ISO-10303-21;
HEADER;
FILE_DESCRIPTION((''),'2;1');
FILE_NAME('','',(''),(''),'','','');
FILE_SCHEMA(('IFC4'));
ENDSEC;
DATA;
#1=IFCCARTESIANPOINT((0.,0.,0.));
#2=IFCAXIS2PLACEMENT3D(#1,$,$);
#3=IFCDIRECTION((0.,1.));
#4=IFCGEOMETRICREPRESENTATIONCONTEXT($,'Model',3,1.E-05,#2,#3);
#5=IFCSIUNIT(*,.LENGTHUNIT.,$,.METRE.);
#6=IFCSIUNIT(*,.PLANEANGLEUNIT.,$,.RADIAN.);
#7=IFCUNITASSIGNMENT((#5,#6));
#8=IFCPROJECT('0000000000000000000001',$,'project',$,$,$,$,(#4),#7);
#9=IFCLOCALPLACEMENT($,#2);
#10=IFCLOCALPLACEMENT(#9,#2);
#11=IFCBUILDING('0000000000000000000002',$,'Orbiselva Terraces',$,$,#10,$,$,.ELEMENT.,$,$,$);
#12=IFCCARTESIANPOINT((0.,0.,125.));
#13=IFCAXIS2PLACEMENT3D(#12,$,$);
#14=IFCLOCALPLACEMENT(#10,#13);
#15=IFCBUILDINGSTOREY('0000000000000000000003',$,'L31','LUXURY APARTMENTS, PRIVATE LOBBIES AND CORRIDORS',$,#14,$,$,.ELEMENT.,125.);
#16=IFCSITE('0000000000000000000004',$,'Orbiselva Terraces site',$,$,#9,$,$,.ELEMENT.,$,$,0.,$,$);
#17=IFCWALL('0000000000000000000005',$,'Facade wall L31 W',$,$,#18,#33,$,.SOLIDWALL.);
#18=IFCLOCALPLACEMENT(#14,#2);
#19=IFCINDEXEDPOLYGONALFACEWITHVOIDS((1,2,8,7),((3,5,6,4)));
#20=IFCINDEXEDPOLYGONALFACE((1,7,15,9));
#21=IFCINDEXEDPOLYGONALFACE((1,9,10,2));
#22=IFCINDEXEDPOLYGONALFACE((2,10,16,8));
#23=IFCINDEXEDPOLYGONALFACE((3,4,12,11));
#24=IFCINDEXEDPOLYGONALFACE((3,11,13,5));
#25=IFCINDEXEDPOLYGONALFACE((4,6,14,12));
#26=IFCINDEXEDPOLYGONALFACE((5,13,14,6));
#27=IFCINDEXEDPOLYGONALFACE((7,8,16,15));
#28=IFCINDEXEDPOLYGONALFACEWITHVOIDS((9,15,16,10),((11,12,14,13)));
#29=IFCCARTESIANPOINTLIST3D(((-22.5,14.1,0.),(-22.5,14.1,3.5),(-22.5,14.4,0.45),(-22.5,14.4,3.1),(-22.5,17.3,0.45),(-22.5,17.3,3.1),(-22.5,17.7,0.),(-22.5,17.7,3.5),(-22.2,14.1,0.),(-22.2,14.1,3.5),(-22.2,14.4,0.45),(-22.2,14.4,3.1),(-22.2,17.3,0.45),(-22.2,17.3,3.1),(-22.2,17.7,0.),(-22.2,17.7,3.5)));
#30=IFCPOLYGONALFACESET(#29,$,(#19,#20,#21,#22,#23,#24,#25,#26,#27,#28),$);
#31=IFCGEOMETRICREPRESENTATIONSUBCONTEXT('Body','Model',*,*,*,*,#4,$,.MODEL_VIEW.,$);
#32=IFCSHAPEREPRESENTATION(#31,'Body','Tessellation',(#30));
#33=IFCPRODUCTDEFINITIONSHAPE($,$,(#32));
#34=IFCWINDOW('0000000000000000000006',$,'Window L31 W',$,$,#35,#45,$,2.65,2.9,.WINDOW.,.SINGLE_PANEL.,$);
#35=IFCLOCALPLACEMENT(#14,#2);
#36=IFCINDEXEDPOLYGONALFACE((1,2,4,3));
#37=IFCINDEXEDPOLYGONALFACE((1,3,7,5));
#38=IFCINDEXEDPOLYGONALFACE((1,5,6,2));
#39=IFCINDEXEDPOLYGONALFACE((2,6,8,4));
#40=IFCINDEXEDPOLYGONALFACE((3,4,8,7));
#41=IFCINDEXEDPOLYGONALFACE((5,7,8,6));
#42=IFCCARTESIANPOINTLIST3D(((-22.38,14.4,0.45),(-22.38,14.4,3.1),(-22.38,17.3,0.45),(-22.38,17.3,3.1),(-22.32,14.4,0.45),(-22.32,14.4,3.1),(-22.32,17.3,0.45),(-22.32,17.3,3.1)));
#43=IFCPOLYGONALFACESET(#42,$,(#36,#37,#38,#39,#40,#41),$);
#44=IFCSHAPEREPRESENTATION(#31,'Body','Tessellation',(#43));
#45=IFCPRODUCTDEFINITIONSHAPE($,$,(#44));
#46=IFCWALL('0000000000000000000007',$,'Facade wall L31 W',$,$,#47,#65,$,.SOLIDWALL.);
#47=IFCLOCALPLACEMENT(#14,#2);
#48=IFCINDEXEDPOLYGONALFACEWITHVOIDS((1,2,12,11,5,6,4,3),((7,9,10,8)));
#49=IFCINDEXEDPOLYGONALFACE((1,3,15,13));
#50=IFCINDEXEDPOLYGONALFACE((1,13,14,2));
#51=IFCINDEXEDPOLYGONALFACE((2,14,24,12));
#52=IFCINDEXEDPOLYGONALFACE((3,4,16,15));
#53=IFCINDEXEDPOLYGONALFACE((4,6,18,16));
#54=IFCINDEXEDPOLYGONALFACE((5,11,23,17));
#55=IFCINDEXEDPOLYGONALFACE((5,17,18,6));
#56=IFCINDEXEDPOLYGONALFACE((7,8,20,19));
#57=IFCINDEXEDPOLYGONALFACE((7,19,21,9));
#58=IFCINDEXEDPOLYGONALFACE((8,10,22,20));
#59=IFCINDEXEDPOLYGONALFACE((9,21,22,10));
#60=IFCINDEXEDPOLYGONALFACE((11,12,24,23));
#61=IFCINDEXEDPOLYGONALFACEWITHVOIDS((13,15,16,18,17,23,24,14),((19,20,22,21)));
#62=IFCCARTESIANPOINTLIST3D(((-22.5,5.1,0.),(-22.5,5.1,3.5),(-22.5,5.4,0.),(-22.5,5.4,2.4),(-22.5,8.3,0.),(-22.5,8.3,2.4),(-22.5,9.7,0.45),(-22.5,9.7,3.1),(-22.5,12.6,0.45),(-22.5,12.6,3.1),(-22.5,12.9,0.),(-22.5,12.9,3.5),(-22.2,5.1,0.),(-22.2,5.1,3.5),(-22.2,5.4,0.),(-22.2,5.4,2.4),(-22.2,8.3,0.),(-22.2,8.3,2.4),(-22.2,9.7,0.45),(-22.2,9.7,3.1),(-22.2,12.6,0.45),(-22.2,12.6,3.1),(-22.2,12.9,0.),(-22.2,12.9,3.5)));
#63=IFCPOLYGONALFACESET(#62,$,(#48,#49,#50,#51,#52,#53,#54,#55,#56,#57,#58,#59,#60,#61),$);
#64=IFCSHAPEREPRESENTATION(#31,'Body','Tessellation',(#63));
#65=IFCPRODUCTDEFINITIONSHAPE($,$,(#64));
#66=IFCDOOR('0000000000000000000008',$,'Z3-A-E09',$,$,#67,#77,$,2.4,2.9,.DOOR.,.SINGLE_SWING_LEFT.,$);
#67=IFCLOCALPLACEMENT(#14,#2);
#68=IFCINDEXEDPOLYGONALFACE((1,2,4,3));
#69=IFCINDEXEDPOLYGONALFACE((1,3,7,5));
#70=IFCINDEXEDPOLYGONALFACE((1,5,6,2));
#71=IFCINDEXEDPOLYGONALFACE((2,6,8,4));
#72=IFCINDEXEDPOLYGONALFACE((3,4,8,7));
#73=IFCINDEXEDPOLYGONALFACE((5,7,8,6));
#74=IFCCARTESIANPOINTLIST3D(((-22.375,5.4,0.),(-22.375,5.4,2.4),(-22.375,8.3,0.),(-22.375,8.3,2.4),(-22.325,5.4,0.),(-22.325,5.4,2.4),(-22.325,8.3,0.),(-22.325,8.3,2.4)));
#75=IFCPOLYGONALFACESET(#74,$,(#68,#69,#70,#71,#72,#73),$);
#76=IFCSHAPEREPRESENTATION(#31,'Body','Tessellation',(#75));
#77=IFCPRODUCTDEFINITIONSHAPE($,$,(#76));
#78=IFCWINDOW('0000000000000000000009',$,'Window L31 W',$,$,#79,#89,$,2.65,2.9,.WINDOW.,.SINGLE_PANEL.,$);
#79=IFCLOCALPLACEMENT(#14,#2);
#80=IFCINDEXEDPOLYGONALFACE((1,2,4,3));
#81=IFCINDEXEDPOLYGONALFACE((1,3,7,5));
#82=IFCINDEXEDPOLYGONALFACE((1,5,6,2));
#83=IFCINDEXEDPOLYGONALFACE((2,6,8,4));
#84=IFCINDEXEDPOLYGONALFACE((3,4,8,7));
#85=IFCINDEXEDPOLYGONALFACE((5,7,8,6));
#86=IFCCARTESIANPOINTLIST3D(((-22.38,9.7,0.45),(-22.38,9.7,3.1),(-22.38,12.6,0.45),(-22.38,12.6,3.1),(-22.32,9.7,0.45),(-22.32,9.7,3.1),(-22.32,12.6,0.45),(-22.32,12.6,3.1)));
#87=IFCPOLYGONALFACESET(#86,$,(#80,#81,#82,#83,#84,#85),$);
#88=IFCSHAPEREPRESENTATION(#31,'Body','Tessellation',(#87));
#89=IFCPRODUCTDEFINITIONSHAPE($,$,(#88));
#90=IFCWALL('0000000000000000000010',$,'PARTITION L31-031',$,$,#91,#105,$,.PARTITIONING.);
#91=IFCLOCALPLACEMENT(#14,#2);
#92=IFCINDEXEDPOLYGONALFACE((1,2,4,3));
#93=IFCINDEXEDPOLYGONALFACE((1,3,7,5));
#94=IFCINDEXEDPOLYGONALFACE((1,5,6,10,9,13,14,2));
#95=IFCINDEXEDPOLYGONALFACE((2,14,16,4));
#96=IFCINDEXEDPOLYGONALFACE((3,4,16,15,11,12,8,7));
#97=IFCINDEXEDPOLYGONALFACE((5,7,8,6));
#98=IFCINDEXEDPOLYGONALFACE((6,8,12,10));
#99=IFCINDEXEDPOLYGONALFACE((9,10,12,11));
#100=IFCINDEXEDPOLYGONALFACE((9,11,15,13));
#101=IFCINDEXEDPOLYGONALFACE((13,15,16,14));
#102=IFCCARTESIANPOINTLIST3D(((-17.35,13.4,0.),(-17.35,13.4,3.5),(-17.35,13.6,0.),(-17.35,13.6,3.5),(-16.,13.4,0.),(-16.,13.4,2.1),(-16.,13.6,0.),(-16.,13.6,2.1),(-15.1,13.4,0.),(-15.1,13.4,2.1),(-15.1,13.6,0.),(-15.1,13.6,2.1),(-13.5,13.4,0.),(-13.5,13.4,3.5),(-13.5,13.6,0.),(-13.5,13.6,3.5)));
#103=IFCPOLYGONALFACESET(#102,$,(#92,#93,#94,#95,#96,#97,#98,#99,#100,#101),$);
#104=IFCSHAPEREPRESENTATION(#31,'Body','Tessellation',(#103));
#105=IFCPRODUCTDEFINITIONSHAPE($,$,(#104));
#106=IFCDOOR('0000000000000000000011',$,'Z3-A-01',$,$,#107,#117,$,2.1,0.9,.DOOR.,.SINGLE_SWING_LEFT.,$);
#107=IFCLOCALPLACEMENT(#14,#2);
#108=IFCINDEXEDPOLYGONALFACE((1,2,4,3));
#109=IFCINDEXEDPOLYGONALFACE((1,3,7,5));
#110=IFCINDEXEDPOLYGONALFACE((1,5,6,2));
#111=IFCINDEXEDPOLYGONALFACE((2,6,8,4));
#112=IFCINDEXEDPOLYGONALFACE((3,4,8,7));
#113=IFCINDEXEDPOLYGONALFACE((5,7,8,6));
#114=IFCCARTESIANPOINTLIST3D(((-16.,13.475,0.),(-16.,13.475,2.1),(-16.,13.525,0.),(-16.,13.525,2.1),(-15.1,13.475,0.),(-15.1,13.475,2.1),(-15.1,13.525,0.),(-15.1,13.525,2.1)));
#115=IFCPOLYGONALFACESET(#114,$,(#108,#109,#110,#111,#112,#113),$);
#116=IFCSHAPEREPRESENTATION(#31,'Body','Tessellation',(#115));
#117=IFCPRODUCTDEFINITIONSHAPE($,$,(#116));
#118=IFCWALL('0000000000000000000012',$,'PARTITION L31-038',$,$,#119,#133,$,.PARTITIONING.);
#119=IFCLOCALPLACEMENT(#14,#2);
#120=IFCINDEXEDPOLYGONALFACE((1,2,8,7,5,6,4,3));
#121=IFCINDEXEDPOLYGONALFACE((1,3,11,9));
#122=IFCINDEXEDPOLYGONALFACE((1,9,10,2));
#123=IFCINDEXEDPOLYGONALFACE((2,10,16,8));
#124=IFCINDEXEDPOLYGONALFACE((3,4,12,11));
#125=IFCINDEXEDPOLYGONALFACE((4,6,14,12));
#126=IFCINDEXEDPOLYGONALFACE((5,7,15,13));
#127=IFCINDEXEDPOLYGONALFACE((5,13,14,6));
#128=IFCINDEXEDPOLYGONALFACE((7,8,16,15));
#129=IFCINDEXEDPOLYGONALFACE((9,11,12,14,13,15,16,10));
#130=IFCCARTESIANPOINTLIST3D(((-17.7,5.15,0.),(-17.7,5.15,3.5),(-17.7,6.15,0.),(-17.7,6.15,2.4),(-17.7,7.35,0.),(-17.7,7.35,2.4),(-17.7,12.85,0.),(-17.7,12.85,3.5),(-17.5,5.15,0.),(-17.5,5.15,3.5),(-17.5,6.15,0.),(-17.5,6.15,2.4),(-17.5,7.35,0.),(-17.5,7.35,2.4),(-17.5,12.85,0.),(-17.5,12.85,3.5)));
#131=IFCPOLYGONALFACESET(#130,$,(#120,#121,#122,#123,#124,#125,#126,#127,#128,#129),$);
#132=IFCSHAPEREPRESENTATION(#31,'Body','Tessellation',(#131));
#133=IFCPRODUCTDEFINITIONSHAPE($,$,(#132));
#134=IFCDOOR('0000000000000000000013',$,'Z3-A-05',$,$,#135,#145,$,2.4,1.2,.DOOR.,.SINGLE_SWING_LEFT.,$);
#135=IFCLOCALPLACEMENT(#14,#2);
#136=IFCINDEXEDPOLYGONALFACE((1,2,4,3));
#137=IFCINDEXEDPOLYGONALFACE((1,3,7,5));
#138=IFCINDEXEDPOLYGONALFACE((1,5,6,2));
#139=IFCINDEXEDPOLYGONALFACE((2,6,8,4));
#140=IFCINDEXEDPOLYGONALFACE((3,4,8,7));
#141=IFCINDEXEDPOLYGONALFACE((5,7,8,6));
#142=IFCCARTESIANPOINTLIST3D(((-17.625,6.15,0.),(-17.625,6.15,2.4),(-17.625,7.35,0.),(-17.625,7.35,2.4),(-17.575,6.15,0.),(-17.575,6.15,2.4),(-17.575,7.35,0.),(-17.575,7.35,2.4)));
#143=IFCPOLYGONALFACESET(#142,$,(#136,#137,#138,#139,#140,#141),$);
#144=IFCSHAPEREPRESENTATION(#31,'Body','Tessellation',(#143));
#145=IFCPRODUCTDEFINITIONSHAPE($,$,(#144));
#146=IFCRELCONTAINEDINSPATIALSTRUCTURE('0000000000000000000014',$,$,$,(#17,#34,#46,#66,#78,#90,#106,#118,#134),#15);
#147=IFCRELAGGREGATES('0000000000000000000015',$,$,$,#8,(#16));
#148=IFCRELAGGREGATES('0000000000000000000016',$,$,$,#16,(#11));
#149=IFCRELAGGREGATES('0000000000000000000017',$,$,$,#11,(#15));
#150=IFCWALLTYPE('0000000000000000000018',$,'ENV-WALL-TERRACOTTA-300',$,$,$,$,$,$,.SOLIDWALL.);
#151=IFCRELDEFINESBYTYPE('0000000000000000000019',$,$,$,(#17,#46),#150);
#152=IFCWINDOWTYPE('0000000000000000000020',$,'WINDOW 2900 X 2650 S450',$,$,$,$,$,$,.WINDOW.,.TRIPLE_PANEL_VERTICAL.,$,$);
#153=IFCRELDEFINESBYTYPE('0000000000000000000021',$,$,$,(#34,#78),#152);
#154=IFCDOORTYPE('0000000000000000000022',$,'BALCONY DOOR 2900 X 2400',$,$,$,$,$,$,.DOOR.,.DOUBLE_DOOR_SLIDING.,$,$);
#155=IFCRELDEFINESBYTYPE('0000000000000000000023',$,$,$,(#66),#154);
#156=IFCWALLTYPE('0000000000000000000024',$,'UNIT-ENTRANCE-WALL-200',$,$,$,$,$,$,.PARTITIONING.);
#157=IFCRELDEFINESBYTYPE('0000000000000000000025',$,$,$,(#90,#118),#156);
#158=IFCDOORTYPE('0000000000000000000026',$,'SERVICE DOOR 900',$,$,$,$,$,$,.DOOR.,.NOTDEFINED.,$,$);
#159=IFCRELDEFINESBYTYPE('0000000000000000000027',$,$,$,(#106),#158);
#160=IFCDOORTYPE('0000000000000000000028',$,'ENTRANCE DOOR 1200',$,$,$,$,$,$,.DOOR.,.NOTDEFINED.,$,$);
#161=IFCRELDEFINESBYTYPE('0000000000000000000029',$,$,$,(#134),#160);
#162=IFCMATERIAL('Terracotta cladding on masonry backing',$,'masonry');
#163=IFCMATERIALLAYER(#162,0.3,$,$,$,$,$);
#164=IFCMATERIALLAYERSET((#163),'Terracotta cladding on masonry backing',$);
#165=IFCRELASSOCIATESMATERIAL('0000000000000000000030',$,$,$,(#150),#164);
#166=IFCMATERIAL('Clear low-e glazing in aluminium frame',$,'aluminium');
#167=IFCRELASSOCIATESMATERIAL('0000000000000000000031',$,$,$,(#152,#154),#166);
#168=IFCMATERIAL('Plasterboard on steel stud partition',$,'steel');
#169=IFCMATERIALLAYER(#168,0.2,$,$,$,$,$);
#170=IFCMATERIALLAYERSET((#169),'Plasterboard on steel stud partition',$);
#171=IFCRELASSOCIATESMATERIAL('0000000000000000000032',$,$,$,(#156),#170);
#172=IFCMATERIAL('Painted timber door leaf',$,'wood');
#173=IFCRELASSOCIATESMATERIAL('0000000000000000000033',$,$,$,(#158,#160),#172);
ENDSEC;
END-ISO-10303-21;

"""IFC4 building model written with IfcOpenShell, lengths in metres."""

from ifc_helpers import new_model, si_unit, direction, frame, frame_2d, origin, place, context, subcontext, project, spatial, rectangle, extrude, material, layer, layer_set, type_object, element, fill, save


model = new_model("IFC4")

# Units and contexts
model_context = context("Model", 3, precision=1e-05, world=origin(), true_north=direction((0.0, 1.0)))
body_context = subcontext(model_context, "Body", "Model", "MODEL_VIEW")
ifc_project = project(units=[si_unit("LENGTHUNIT", "METRE"), si_unit("PLANEANGLEUNIT", "RADIAN")], contexts=[model_context])

# Site, building, storey
site_placement = place(None, origin())
site = spatial("IfcSite", under=ifc_project, at=site_placement, Name="Orbiselva Terraces site", CompositionType="ELEMENT", RefElevation=0.0)
building_placement = place(site_placement, origin())
building = spatial("IfcBuilding", under=site, at=building_placement, Name="Orbiselva Terraces", CompositionType="ELEMENT")
storey_placement = place(building_placement, frame((0.0, 0.0, 125.0)))
storey = spatial("IfcBuildingStorey", under=building, at=storey_placement, Name="L31", Description="LUXURY APARTMENTS, PRIVATE LOBBIES AND CORRIDORS", CompositionType="ELEMENT", Elevation=125.0)

# Shared definitions
ifc_material_1 = material(Name="Terracotta cladding on masonry backing", Category="masonry")
ifc_layer_1 = layer(ifc_material_1, 0.3)
ifc_layer_set_1 = layer_set([ifc_layer_1], Name="Terracotta cladding on masonry backing")
wall_type_1 = type_object("IfcWallType", Name="ENV-WALL-TERRACOTTA-300", PredefinedType="SOLIDWALL", material=ifc_layer_set_1)

# Wall, opening, window
wall_1_placement = place(storey_placement, frame((-22.35, 14.1, 0.0), z_axis=(0.0, 0.0, 1.0), x_axis=(0.0, 1.0, 0.0)))
wall_1 = element("IfcWall", 1, at=wall_1_placement, inside=storey, type_object=wall_type_1, Name="Facade wall L31 W", PredefinedType="SOLIDWALL", context=body_context, shape_type="SweptSolid", body=[
    extrude(rectangle(XDim=3.6, YDim=0.3, at=frame_2d((1.8, 0.0))), origin(), (0.0, 0.0, 1.0), 3.5),
])
opening_1_placement = place(wall_1_placement, frame((0.3, 0.0, 0.45)))
opening_1 = element("IfcOpeningElement", 2, at=opening_1_placement, cuts=wall_1, PredefinedType="OPENING", context=body_context, shape_type="SweptSolid", body=[
    extrude(rectangle(XDim=2.9, YDim=2.65, at=frame_2d((1.45, 1.325))), frame((0.0, 0.16, 0.0), z_axis=(0.0, -1.0, 0.0), x_axis=(1.0, 0.0, 0.0)), (0.0, 0.0, 1.0), 0.32),
])
ifc_material_2 = material(Name="Clear low-e glazing in aluminium frame", Category="aluminium")
window_type = type_object("IfcWindowType", Name="WINDOW 2900 X 2650 S450", PartitioningType="TRIPLE_PANEL_VERTICAL", PredefinedType="WINDOW", material=ifc_material_2)
window_1_placement = place(opening_1_placement, origin())
window_1 = element("IfcWindow", 3, at=window_1_placement, inside=storey, type_object=window_type, Name="Window L31 W", OverallHeight=2.65, OverallWidth=2.9, PartitioningType="SINGLE_PANEL", PredefinedType="WINDOW", context=body_context, shape_type="SweptSolid", body=[
    extrude(rectangle(XDim=2.9, YDim=2.65, at=frame_2d((1.45, 1.325))), frame((0.0, 0.03, 0.0), z_axis=(0.0, -1.0, 0.0), x_axis=(1.0, 0.0, 0.0)), (0.0, 0.0, 1.0), 0.06),
])
fill(opening_1, window_1)

# Wall, openings, door, window
wall_2_placement = place(storey_placement, frame((-22.35, 5.1, 0.0), z_axis=(0.0, 0.0, 1.0), x_axis=(0.0, 1.0, 0.0)))
wall_2 = element("IfcWall", 4, at=wall_2_placement, inside=storey, type_object=wall_type_1, Name="Facade wall L31 W", PredefinedType="SOLIDWALL", context=body_context, shape_type="SweptSolid", body=[
    extrude(rectangle(XDim=7.8, YDim=0.3, at=frame_2d((3.9, 0.0))), origin(), (0.0, 0.0, 1.0), 3.5),
])
opening_2_placement = place(wall_2_placement, frame((4.6, 0.0, 0.45)))
opening_2 = element("IfcOpeningElement", 5, at=opening_2_placement, cuts=wall_2, PredefinedType="OPENING", context=body_context, shape_type="SweptSolid", body=[
    extrude(rectangle(XDim=2.9, YDim=2.65, at=frame_2d((1.45, 1.325))), frame((0.0, 0.16, 0.0), z_axis=(0.0, -1.0, 0.0), x_axis=(1.0, 0.0, 0.0)), (0.0, 0.0, 1.0), 0.32),
])
opening_3_placement = place(wall_2_placement, frame((0.3, 0.0, 0.0)))
opening_3 = element("IfcOpeningElement", 6, at=opening_3_placement, cuts=wall_2, PredefinedType="OPENING", context=body_context, shape_type="SweptSolid", body=[
    extrude(rectangle(XDim=2.9, YDim=2.4, at=frame_2d((1.45, 1.2))), frame((0.0, 0.16, 0.0), z_axis=(0.0, -1.0, 0.0), x_axis=(1.0, 0.0, 0.0)), (0.0, 0.0, 1.0), 0.32),
])
door_type_1 = type_object("IfcDoorType", Name="BALCONY DOOR 2900 X 2400", OperationType="DOUBLE_DOOR_SLIDING", PredefinedType="DOOR", material=ifc_material_2)
door_1_placement = place(opening_3_placement, origin())
door_1 = element("IfcDoor", 7, at=door_1_placement, inside=storey, type_object=door_type_1, Name="Z3-A-E09", OperationType="SINGLE_SWING_LEFT", OverallHeight=2.4, OverallWidth=2.9, PredefinedType="DOOR", context=body_context, shape_type="SweptSolid", body=[
    extrude(rectangle(XDim=2.9, YDim=2.4, at=frame_2d((1.45, 1.2))), frame((0.0, 0.025, 0.0), z_axis=(0.0, -1.0, 0.0), x_axis=(1.0, 0.0, 0.0)), (0.0, 0.0, 1.0), 0.05),
])
fill(opening_3, door_1)
window_2_placement = place(opening_2_placement, origin())
window_2 = element("IfcWindow", 8, at=window_2_placement, inside=storey, type_object=window_type, Name="Window L31 W", OverallHeight=2.65, OverallWidth=2.9, PartitioningType="SINGLE_PANEL", PredefinedType="WINDOW", context=body_context, shape_type="SweptSolid", body=[
    extrude(rectangle(XDim=2.9, YDim=2.65, at=frame_2d((1.45, 1.325))), frame((0.0, 0.03, 0.0), z_axis=(0.0, -1.0, 0.0), x_axis=(1.0, 0.0, 0.0)), (0.0, 0.0, 1.0), 0.06),
])
fill(opening_2, window_2)

# Walls, openings, doors
ifc_material_3 = material(Name="Plasterboard on steel stud partition", Category="steel")
ifc_layer_2 = layer(ifc_material_3, 0.2)
ifc_layer_set_2 = layer_set([ifc_layer_2], Name="Plasterboard on steel stud partition")
wall_type_2 = type_object("IfcWallType", Name="UNIT-ENTRANCE-WALL-200", PredefinedType="PARTITIONING", material=ifc_layer_set_2)
wall_3_placement = place(storey_placement, frame((-17.35, 13.5, 0.0), z_axis=(0.0, 0.0, 1.0), x_axis=(1.0, 0.0, 0.0)))
wall_3 = element("IfcWall", 9, at=wall_3_placement, inside=storey, type_object=wall_type_2, Name="PARTITION L31-031", PredefinedType="PARTITIONING", context=body_context, shape_type="SweptSolid", body=[
    extrude(rectangle(XDim=3.85, YDim=0.2, at=frame_2d((1.925, 0.0))), origin(), (0.0, 0.0, 1.0), 3.5),
])
opening_4_placement = place(wall_3_placement, frame((1.35, 0.0, 0.0)))
opening_4 = element("IfcOpeningElement", 10, at=opening_4_placement, cuts=wall_3, PredefinedType="OPENING", context=body_context, shape_type="SweptSolid", body=[
    extrude(rectangle(XDim=0.9, YDim=2.1, at=frame_2d((0.45, 1.05))), frame((0.0, 0.11, 0.0), z_axis=(0.0, -1.0, 0.0), x_axis=(1.0, 0.0, 0.0)), (0.0, 0.0, 1.0), 0.22),
])
ifc_material_4 = material(Name="Painted timber door leaf", Category="wood")
door_type_2 = type_object("IfcDoorType", Name="SERVICE DOOR 900", OperationType="NOTDEFINED", PredefinedType="DOOR", material=ifc_material_4)
door_2_placement = place(opening_4_placement, origin())
door_2 = element("IfcDoor", 11, at=door_2_placement, inside=storey, type_object=door_type_2, Name="Z3-A-01", OperationType="SINGLE_SWING_LEFT", OverallHeight=2.1, OverallWidth=0.9, PredefinedType="DOOR", context=body_context, shape_type="SweptSolid", body=[
    extrude(rectangle(XDim=0.9, YDim=2.1, at=frame_2d((0.45, 1.05))), frame((0.0, 0.025, 0.0), z_axis=(0.0, -1.0, 0.0), x_axis=(1.0, 0.0, 0.0)), (0.0, 0.0, 1.0), 0.05),
])
fill(opening_4, door_2)
wall_4_placement = place(storey_placement, frame((-17.6, 5.15, 0.0), z_axis=(0.0, 0.0, 1.0), x_axis=(0.0, 1.0, 0.0)))
wall_4 = element("IfcWall", 12, at=wall_4_placement, inside=storey, type_object=wall_type_2, Name="PARTITION L31-038", PredefinedType="PARTITIONING", context=body_context, shape_type="SweptSolid", body=[
    extrude(rectangle(XDim=7.7, YDim=0.2, at=frame_2d((3.85, 0.0))), origin(), (0.0, 0.0, 1.0), 3.5),
])
opening_5_placement = place(wall_4_placement, frame((1.0, 0.0, 0.0)))
opening_5 = element("IfcOpeningElement", 13, at=opening_5_placement, cuts=wall_4, PredefinedType="OPENING", context=body_context, shape_type="SweptSolid", body=[
    extrude(rectangle(XDim=1.2, YDim=2.4, at=frame_2d((0.6, 1.2))), frame((0.0, 0.11, 0.0), z_axis=(0.0, -1.0, 0.0), x_axis=(1.0, 0.0, 0.0)), (0.0, 0.0, 1.0), 0.22),
])
door_type_3 = type_object("IfcDoorType", Name="ENTRANCE DOOR 1200", OperationType="NOTDEFINED", PredefinedType="DOOR", material=ifc_material_4)
door_3_placement = place(opening_5_placement, origin())
door_3 = element("IfcDoor", 14, at=door_3_placement, inside=storey, type_object=door_type_3, Name="Z3-A-05", OperationType="SINGLE_SWING_LEFT", OverallHeight=2.4, OverallWidth=1.2, PredefinedType="DOOR", context=body_context, shape_type="SweptSolid", body=[
    extrude(rectangle(XDim=1.2, YDim=2.4, at=frame_2d((0.6, 1.2))), frame((0.0, 0.025, 0.0), z_axis=(0.0, -1.0, 0.0), x_axis=(1.0, 0.0, 0.0)), (0.0, 0.0, 1.0), 0.05),
])
fill(opening_5, door_3)

save(model, "model.ifc")
